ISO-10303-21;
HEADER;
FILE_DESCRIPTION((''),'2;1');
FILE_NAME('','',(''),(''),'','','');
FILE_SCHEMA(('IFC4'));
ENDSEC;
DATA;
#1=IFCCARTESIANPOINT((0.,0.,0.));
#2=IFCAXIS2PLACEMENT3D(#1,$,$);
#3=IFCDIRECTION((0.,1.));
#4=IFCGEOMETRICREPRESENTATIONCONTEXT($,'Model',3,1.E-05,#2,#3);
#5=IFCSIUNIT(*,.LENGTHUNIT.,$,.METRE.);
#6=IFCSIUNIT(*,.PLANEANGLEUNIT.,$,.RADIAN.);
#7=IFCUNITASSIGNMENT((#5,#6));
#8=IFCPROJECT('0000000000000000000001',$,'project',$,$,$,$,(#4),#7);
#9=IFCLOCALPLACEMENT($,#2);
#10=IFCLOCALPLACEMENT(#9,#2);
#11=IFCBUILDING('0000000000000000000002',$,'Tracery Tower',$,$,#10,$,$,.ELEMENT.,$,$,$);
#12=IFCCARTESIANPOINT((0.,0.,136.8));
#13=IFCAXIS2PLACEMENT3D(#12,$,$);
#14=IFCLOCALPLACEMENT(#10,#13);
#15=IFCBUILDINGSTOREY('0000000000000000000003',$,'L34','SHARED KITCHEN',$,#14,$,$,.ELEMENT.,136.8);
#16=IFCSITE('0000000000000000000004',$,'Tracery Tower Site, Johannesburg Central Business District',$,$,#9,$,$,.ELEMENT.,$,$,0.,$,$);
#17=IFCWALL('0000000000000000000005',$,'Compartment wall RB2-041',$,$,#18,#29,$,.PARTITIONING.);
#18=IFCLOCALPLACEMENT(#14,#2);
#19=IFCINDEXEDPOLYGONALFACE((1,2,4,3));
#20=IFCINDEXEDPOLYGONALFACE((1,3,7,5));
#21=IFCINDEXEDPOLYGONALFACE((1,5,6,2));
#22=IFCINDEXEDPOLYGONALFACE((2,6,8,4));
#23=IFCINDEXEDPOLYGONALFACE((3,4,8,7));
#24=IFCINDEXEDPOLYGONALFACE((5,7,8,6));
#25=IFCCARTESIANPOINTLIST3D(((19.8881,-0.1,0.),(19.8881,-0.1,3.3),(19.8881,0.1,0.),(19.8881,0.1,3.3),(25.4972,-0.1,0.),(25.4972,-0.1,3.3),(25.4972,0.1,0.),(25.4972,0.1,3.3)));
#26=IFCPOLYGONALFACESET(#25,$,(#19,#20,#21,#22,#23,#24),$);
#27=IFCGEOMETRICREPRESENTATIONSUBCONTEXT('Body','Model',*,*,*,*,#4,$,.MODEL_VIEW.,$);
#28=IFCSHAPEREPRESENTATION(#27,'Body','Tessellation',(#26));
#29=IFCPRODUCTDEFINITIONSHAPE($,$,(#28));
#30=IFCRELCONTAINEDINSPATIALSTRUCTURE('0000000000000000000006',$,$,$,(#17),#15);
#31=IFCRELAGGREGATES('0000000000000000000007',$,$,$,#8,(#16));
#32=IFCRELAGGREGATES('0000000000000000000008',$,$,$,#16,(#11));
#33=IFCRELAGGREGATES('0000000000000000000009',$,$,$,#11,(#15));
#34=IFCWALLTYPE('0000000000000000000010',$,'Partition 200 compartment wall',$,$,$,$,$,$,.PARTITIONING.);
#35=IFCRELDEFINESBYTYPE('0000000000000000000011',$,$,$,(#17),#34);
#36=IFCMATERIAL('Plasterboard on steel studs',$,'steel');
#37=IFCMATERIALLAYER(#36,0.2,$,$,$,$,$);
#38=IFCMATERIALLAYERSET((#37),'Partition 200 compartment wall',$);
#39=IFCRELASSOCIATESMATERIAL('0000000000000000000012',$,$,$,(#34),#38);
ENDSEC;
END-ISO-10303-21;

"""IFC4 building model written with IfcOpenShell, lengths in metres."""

from ifc_helpers import new_model, si_unit, direction, frame, frame_2d, origin, place, context, subcontext, project, spatial, rectangle, extrude, material, layer, layer_set, type_object, element, save


model = new_model("IFC4")

# Units and contexts
model_context = context("Model", 3, precision=1e-05, world=origin(), true_north=direction((0.0, 1.0)))
body_context = subcontext(model_context, "Body", "Model", "MODEL_VIEW")
ifc_project = project(units=[si_unit("LENGTHUNIT", "METRE"), si_unit("PLANEANGLEUNIT", "RADIAN")], contexts=[model_context])

# Site, building, storey
site_placement = place(None, origin())
site = spatial("IfcSite", under=ifc_project, at=site_placement, Name="Tracery Tower Site, Johannesburg Central Business District", CompositionType="ELEMENT", RefElevation=0.0)
building_placement = place(site_placement, origin())
building = spatial("IfcBuilding", under=site, at=building_placement, Name="Tracery Tower", CompositionType="ELEMENT")
storey_placement = place(building_placement, frame((0.0, 0.0, 136.8)))
storey = spatial("IfcBuildingStorey", under=building, at=storey_placement, Name="L34", Description="SHARED KITCHEN", CompositionType="ELEMENT", Elevation=136.8)

# Wall
ifc_material_1 = material(Name="Plasterboard on steel studs", Category="steel")
ifc_layer_1 = layer(ifc_material_1, 0.2)
ifc_layer_set_1 = layer_set([ifc_layer_1], Name="Partition 200 compartment wall")
wall_type_1 = type_object("IfcWallType", Name="Partition 200 compartment wall", PredefinedType="PARTITIONING", material=ifc_layer_set_1)
wall_1_placement = place(storey_placement, frame((19.8879, 0.0, 0.0), z_axis=(0.0, 0.0, 1.0), x_axis=(1.0, 0.0, 0.0)))
element("IfcWall", 1, at=wall_1_placement, inside=storey, type_object=wall_type_1, Name="Compartment wall RB2-041", PredefinedType="PARTITIONING", context=body_context, shape_type="SweptSolid", body=[
    extrude(rectangle(XDim=5.6091, YDim=0.2, at=frame_2d((2.8047, 0.0))), origin(), (0.0, 0.0, 1.0), 3.3),
])

save(model, "model.ifc")
